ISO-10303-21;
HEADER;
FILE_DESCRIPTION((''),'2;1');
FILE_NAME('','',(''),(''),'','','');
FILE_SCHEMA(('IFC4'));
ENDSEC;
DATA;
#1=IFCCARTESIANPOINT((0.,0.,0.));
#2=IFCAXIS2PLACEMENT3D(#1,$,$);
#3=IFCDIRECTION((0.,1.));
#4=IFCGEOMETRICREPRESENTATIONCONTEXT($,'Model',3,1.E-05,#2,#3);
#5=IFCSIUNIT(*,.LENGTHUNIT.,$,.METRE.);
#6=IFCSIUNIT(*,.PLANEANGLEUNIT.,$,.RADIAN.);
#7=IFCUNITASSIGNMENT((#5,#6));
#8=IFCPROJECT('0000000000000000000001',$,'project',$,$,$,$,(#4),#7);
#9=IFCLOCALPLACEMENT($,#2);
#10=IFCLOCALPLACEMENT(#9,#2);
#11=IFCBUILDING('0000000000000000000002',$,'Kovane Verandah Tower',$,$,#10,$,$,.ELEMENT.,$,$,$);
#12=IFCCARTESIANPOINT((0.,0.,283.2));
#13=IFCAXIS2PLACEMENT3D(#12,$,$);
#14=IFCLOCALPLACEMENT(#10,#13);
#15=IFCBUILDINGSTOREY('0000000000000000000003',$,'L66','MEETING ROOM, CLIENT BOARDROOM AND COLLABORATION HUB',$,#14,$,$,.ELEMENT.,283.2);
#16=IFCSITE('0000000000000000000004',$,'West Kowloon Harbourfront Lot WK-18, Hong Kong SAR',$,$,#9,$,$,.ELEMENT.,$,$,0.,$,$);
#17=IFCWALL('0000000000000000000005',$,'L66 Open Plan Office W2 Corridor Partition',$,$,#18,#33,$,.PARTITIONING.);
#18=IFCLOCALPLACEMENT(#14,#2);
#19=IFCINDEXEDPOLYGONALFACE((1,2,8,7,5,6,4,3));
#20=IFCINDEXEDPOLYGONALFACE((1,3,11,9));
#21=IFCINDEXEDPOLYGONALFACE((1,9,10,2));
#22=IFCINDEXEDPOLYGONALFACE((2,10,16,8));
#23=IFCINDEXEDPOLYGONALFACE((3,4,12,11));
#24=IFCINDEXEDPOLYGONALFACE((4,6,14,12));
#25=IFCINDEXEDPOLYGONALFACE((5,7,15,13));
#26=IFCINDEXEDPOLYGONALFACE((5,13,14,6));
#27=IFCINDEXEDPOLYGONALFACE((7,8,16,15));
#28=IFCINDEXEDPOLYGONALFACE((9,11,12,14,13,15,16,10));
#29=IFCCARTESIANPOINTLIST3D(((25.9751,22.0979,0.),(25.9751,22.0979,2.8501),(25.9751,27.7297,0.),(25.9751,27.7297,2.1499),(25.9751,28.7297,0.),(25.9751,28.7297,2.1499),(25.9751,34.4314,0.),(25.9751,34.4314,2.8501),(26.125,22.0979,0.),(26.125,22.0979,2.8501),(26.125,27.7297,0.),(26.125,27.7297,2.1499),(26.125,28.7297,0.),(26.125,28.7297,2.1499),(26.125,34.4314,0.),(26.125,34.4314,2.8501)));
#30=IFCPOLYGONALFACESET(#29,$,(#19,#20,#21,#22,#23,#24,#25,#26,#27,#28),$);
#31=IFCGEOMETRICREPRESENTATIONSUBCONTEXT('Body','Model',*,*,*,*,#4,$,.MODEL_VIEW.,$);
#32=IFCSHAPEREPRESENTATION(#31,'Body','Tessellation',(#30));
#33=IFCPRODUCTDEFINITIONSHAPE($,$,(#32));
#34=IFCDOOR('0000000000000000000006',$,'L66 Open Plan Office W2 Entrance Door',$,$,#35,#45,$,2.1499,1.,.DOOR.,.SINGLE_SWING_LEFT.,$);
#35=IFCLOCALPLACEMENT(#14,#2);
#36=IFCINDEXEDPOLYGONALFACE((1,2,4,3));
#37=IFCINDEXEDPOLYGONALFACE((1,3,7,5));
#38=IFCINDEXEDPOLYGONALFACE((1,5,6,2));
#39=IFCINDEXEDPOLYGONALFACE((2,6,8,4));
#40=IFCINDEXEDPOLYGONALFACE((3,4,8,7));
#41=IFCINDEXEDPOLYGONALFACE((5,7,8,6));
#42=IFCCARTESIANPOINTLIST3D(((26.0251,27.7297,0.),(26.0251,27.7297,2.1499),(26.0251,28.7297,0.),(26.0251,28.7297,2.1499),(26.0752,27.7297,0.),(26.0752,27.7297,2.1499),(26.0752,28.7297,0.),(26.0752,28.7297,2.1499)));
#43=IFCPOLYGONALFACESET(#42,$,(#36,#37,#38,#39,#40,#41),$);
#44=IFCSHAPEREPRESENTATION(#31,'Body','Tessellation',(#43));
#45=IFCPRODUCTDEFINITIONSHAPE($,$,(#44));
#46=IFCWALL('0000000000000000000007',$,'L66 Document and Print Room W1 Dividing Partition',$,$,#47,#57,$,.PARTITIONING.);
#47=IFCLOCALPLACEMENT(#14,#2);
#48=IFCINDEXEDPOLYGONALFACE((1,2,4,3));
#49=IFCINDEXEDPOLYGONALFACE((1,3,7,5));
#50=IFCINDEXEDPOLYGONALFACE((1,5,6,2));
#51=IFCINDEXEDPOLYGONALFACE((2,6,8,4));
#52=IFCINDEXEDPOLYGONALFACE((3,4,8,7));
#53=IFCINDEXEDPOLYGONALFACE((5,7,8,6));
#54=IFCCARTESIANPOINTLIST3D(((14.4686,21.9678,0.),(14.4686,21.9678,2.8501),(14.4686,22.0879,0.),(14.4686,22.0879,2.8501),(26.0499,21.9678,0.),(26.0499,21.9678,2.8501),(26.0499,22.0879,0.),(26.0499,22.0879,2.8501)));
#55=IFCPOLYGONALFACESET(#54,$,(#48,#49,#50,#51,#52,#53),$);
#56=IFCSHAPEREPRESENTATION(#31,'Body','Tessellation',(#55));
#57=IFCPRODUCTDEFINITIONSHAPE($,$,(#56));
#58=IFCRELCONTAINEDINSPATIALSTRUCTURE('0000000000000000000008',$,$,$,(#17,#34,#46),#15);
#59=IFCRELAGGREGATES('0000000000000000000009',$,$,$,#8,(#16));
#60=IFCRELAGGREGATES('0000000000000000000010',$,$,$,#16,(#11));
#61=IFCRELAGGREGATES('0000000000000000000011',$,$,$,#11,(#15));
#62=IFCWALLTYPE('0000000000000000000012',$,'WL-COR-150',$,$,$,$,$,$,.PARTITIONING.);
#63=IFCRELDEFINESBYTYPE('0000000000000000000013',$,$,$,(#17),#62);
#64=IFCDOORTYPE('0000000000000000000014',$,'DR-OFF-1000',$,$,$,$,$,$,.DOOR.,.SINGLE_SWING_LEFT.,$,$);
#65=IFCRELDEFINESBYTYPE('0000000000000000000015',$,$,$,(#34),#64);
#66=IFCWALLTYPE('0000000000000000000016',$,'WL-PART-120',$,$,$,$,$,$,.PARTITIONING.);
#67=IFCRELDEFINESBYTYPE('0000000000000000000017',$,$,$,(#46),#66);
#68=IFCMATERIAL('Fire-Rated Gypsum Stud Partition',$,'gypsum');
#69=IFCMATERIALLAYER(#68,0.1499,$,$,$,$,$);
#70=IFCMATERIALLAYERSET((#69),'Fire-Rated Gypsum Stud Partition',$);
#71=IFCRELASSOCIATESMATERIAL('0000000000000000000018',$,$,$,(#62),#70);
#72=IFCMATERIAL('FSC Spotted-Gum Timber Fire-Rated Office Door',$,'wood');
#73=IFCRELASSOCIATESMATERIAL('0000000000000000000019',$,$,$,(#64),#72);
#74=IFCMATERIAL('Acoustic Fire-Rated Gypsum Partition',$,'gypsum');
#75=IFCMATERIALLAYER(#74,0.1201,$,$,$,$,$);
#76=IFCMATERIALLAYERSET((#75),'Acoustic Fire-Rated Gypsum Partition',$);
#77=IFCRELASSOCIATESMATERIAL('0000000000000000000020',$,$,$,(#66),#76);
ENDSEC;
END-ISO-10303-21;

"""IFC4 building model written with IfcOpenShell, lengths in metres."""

from ifc_helpers import new_model, si_unit, direction, frame, frame_2d, origin, place, context, subcontext, project, spatial, rectangle, extrude, material, layer, layer_set, type_object, element, fill, save


model = new_model("IFC4")

# Units and contexts
model_context = context("Model", 3, precision=1e-05, world=origin(), true_north=direction((0.0, 1.0)))
body_context = subcontext(model_context, "Body", "Model", "MODEL_VIEW")
ifc_project = project(units=[si_unit("LENGTHUNIT", "METRE"), si_unit("PLANEANGLEUNIT", "RADIAN")], contexts=[model_context])

# Site, building, storey
site_placement = place(None, origin())
site = spatial("IfcSite", under=ifc_project, at=site_placement, Name="West Kowloon Harbourfront Lot WK-18, Hong Kong SAR", CompositionType="ELEMENT", RefElevation=0.0)
building_placement = place(site_placement, origin())
building = spatial("IfcBuilding", under=site, at=building_placement, Name="Kovane Verandah Tower", CompositionType="ELEMENT")
storey_placement = place(building_placement, frame((0.0, 0.0, 283.2)))
storey = spatial("IfcBuildingStorey", under=building, at=storey_placement, Name="L66", Description="MEETING ROOM, CLIENT BOARDROOM AND COLLABORATION HUB", CompositionType="ELEMENT", Elevation=283.2)

# Wall, opening, door
ifc_material_1 = material(Name="Fire-Rated Gypsum Stud Partition", Category="gypsum")
ifc_layer_1 = layer(ifc_material_1, 0.1499)
ifc_layer_set_1 = layer_set([ifc_layer_1], Name="Fire-Rated Gypsum Stud Partition")
wall_type_1 = type_object("IfcWallType", Name="WL-COR-150", PredefinedType="PARTITIONING", material=ifc_layer_set_1)
wall_1_placement = place(storey_placement, frame((26.05, 22.0979, 0.0), z_axis=(0.0, 0.0, 1.0), x_axis=(0.0, 1.0, 0.0)))
wall_1 = element("IfcWall", 1, at=wall_1_placement, inside=storey, type_object=wall_type_1, Name="L66 Open Plan Office W2 Corridor Partition", PredefinedType="PARTITIONING", context=body_context, shape_type="SweptSolid", body=[
    extrude(rectangle(XDim=12.3335, YDim=0.1499, at=frame_2d((6.1667, 0.0))), origin(), (0.0, 0.0, 1.0), 2.8501),
])
opening_placement = place(wall_1_placement, frame((5.6318, 0.0, 0.0)))
opening = element("IfcOpeningElement", 2, at=opening_placement, cuts=wall_1, PredefinedType="OPENING", context=body_context, shape_type="SweptSolid", body=[
    extrude(rectangle(XDim=1.0, YDim=2.1499, at=frame_2d((0.5, 1.075))), frame((0.0, 0.075, 0.0), z_axis=(0.0, -1.0, 0.0), x_axis=(1.0, 0.0, 0.0)), (0.0, 0.0, 1.0), 0.1499),
])
ifc_material_2 = material(Name="FSC Spotted-Gum Timber Fire-Rated Office Door", Category="wood")
door_type = type_object("IfcDoorType", Name="DR-OFF-1000", OperationType="SINGLE_SWING_LEFT", PredefinedType="DOOR", material=ifc_material_2)
door_placement = place(opening_placement, origin())
door = element("IfcDoor", 3, at=door_placement, inside=storey, type_object=door_type, Name="L66 Open Plan Office W2 Entrance Door", OperationType="SINGLE_SWING_LEFT", OverallHeight=2.1499, OverallWidth=1.0, PredefinedType="DOOR", context=body_context, shape_type="SweptSolid", body=[
    extrude(rectangle(XDim=1.0, YDim=2.1499, at=frame_2d((0.5, 1.075))), frame((0.0, 0.0249, 0.0), z_axis=(0.0, -1.0, 0.0), x_axis=(1.0, 0.0, 0.0)), (0.0, 0.0, 1.0), 0.05),
])
fill(opening, door)

# Wall
ifc_material_3 = material(Name="Acoustic Fire-Rated Gypsum Partition", Category="gypsum")
ifc_layer_2 = layer(ifc_material_3, 0.1201)
ifc_layer_set_2 = layer_set([ifc_layer_2], Name="Acoustic Fire-Rated Gypsum Partition")
wall_type_2 = type_object("IfcWallType", Name="WL-PART-120", PredefinedType="PARTITIONING", material=ifc_layer_set_2)
wall_2_placement = place(storey_placement, frame((14.4688, 22.0278, 0.0), z_axis=(0.0, 0.0, 1.0), x_axis=(1.0, 0.0, 0.0)))
element("IfcWall", 4, at=wall_2_placement, inside=storey, type_object=wall_type_2, Name="L66 Document and Print Room W1 Dividing Partition", PredefinedType="PARTITIONING", context=body_context, shape_type="SweptSolid", body=[
    extrude(rectangle(XDim=11.5813, YDim=0.1201, at=frame_2d((5.7905, 0.0))), origin(), (0.0, 0.0, 1.0), 2.8501),
])

save(model, "model.ifc")
